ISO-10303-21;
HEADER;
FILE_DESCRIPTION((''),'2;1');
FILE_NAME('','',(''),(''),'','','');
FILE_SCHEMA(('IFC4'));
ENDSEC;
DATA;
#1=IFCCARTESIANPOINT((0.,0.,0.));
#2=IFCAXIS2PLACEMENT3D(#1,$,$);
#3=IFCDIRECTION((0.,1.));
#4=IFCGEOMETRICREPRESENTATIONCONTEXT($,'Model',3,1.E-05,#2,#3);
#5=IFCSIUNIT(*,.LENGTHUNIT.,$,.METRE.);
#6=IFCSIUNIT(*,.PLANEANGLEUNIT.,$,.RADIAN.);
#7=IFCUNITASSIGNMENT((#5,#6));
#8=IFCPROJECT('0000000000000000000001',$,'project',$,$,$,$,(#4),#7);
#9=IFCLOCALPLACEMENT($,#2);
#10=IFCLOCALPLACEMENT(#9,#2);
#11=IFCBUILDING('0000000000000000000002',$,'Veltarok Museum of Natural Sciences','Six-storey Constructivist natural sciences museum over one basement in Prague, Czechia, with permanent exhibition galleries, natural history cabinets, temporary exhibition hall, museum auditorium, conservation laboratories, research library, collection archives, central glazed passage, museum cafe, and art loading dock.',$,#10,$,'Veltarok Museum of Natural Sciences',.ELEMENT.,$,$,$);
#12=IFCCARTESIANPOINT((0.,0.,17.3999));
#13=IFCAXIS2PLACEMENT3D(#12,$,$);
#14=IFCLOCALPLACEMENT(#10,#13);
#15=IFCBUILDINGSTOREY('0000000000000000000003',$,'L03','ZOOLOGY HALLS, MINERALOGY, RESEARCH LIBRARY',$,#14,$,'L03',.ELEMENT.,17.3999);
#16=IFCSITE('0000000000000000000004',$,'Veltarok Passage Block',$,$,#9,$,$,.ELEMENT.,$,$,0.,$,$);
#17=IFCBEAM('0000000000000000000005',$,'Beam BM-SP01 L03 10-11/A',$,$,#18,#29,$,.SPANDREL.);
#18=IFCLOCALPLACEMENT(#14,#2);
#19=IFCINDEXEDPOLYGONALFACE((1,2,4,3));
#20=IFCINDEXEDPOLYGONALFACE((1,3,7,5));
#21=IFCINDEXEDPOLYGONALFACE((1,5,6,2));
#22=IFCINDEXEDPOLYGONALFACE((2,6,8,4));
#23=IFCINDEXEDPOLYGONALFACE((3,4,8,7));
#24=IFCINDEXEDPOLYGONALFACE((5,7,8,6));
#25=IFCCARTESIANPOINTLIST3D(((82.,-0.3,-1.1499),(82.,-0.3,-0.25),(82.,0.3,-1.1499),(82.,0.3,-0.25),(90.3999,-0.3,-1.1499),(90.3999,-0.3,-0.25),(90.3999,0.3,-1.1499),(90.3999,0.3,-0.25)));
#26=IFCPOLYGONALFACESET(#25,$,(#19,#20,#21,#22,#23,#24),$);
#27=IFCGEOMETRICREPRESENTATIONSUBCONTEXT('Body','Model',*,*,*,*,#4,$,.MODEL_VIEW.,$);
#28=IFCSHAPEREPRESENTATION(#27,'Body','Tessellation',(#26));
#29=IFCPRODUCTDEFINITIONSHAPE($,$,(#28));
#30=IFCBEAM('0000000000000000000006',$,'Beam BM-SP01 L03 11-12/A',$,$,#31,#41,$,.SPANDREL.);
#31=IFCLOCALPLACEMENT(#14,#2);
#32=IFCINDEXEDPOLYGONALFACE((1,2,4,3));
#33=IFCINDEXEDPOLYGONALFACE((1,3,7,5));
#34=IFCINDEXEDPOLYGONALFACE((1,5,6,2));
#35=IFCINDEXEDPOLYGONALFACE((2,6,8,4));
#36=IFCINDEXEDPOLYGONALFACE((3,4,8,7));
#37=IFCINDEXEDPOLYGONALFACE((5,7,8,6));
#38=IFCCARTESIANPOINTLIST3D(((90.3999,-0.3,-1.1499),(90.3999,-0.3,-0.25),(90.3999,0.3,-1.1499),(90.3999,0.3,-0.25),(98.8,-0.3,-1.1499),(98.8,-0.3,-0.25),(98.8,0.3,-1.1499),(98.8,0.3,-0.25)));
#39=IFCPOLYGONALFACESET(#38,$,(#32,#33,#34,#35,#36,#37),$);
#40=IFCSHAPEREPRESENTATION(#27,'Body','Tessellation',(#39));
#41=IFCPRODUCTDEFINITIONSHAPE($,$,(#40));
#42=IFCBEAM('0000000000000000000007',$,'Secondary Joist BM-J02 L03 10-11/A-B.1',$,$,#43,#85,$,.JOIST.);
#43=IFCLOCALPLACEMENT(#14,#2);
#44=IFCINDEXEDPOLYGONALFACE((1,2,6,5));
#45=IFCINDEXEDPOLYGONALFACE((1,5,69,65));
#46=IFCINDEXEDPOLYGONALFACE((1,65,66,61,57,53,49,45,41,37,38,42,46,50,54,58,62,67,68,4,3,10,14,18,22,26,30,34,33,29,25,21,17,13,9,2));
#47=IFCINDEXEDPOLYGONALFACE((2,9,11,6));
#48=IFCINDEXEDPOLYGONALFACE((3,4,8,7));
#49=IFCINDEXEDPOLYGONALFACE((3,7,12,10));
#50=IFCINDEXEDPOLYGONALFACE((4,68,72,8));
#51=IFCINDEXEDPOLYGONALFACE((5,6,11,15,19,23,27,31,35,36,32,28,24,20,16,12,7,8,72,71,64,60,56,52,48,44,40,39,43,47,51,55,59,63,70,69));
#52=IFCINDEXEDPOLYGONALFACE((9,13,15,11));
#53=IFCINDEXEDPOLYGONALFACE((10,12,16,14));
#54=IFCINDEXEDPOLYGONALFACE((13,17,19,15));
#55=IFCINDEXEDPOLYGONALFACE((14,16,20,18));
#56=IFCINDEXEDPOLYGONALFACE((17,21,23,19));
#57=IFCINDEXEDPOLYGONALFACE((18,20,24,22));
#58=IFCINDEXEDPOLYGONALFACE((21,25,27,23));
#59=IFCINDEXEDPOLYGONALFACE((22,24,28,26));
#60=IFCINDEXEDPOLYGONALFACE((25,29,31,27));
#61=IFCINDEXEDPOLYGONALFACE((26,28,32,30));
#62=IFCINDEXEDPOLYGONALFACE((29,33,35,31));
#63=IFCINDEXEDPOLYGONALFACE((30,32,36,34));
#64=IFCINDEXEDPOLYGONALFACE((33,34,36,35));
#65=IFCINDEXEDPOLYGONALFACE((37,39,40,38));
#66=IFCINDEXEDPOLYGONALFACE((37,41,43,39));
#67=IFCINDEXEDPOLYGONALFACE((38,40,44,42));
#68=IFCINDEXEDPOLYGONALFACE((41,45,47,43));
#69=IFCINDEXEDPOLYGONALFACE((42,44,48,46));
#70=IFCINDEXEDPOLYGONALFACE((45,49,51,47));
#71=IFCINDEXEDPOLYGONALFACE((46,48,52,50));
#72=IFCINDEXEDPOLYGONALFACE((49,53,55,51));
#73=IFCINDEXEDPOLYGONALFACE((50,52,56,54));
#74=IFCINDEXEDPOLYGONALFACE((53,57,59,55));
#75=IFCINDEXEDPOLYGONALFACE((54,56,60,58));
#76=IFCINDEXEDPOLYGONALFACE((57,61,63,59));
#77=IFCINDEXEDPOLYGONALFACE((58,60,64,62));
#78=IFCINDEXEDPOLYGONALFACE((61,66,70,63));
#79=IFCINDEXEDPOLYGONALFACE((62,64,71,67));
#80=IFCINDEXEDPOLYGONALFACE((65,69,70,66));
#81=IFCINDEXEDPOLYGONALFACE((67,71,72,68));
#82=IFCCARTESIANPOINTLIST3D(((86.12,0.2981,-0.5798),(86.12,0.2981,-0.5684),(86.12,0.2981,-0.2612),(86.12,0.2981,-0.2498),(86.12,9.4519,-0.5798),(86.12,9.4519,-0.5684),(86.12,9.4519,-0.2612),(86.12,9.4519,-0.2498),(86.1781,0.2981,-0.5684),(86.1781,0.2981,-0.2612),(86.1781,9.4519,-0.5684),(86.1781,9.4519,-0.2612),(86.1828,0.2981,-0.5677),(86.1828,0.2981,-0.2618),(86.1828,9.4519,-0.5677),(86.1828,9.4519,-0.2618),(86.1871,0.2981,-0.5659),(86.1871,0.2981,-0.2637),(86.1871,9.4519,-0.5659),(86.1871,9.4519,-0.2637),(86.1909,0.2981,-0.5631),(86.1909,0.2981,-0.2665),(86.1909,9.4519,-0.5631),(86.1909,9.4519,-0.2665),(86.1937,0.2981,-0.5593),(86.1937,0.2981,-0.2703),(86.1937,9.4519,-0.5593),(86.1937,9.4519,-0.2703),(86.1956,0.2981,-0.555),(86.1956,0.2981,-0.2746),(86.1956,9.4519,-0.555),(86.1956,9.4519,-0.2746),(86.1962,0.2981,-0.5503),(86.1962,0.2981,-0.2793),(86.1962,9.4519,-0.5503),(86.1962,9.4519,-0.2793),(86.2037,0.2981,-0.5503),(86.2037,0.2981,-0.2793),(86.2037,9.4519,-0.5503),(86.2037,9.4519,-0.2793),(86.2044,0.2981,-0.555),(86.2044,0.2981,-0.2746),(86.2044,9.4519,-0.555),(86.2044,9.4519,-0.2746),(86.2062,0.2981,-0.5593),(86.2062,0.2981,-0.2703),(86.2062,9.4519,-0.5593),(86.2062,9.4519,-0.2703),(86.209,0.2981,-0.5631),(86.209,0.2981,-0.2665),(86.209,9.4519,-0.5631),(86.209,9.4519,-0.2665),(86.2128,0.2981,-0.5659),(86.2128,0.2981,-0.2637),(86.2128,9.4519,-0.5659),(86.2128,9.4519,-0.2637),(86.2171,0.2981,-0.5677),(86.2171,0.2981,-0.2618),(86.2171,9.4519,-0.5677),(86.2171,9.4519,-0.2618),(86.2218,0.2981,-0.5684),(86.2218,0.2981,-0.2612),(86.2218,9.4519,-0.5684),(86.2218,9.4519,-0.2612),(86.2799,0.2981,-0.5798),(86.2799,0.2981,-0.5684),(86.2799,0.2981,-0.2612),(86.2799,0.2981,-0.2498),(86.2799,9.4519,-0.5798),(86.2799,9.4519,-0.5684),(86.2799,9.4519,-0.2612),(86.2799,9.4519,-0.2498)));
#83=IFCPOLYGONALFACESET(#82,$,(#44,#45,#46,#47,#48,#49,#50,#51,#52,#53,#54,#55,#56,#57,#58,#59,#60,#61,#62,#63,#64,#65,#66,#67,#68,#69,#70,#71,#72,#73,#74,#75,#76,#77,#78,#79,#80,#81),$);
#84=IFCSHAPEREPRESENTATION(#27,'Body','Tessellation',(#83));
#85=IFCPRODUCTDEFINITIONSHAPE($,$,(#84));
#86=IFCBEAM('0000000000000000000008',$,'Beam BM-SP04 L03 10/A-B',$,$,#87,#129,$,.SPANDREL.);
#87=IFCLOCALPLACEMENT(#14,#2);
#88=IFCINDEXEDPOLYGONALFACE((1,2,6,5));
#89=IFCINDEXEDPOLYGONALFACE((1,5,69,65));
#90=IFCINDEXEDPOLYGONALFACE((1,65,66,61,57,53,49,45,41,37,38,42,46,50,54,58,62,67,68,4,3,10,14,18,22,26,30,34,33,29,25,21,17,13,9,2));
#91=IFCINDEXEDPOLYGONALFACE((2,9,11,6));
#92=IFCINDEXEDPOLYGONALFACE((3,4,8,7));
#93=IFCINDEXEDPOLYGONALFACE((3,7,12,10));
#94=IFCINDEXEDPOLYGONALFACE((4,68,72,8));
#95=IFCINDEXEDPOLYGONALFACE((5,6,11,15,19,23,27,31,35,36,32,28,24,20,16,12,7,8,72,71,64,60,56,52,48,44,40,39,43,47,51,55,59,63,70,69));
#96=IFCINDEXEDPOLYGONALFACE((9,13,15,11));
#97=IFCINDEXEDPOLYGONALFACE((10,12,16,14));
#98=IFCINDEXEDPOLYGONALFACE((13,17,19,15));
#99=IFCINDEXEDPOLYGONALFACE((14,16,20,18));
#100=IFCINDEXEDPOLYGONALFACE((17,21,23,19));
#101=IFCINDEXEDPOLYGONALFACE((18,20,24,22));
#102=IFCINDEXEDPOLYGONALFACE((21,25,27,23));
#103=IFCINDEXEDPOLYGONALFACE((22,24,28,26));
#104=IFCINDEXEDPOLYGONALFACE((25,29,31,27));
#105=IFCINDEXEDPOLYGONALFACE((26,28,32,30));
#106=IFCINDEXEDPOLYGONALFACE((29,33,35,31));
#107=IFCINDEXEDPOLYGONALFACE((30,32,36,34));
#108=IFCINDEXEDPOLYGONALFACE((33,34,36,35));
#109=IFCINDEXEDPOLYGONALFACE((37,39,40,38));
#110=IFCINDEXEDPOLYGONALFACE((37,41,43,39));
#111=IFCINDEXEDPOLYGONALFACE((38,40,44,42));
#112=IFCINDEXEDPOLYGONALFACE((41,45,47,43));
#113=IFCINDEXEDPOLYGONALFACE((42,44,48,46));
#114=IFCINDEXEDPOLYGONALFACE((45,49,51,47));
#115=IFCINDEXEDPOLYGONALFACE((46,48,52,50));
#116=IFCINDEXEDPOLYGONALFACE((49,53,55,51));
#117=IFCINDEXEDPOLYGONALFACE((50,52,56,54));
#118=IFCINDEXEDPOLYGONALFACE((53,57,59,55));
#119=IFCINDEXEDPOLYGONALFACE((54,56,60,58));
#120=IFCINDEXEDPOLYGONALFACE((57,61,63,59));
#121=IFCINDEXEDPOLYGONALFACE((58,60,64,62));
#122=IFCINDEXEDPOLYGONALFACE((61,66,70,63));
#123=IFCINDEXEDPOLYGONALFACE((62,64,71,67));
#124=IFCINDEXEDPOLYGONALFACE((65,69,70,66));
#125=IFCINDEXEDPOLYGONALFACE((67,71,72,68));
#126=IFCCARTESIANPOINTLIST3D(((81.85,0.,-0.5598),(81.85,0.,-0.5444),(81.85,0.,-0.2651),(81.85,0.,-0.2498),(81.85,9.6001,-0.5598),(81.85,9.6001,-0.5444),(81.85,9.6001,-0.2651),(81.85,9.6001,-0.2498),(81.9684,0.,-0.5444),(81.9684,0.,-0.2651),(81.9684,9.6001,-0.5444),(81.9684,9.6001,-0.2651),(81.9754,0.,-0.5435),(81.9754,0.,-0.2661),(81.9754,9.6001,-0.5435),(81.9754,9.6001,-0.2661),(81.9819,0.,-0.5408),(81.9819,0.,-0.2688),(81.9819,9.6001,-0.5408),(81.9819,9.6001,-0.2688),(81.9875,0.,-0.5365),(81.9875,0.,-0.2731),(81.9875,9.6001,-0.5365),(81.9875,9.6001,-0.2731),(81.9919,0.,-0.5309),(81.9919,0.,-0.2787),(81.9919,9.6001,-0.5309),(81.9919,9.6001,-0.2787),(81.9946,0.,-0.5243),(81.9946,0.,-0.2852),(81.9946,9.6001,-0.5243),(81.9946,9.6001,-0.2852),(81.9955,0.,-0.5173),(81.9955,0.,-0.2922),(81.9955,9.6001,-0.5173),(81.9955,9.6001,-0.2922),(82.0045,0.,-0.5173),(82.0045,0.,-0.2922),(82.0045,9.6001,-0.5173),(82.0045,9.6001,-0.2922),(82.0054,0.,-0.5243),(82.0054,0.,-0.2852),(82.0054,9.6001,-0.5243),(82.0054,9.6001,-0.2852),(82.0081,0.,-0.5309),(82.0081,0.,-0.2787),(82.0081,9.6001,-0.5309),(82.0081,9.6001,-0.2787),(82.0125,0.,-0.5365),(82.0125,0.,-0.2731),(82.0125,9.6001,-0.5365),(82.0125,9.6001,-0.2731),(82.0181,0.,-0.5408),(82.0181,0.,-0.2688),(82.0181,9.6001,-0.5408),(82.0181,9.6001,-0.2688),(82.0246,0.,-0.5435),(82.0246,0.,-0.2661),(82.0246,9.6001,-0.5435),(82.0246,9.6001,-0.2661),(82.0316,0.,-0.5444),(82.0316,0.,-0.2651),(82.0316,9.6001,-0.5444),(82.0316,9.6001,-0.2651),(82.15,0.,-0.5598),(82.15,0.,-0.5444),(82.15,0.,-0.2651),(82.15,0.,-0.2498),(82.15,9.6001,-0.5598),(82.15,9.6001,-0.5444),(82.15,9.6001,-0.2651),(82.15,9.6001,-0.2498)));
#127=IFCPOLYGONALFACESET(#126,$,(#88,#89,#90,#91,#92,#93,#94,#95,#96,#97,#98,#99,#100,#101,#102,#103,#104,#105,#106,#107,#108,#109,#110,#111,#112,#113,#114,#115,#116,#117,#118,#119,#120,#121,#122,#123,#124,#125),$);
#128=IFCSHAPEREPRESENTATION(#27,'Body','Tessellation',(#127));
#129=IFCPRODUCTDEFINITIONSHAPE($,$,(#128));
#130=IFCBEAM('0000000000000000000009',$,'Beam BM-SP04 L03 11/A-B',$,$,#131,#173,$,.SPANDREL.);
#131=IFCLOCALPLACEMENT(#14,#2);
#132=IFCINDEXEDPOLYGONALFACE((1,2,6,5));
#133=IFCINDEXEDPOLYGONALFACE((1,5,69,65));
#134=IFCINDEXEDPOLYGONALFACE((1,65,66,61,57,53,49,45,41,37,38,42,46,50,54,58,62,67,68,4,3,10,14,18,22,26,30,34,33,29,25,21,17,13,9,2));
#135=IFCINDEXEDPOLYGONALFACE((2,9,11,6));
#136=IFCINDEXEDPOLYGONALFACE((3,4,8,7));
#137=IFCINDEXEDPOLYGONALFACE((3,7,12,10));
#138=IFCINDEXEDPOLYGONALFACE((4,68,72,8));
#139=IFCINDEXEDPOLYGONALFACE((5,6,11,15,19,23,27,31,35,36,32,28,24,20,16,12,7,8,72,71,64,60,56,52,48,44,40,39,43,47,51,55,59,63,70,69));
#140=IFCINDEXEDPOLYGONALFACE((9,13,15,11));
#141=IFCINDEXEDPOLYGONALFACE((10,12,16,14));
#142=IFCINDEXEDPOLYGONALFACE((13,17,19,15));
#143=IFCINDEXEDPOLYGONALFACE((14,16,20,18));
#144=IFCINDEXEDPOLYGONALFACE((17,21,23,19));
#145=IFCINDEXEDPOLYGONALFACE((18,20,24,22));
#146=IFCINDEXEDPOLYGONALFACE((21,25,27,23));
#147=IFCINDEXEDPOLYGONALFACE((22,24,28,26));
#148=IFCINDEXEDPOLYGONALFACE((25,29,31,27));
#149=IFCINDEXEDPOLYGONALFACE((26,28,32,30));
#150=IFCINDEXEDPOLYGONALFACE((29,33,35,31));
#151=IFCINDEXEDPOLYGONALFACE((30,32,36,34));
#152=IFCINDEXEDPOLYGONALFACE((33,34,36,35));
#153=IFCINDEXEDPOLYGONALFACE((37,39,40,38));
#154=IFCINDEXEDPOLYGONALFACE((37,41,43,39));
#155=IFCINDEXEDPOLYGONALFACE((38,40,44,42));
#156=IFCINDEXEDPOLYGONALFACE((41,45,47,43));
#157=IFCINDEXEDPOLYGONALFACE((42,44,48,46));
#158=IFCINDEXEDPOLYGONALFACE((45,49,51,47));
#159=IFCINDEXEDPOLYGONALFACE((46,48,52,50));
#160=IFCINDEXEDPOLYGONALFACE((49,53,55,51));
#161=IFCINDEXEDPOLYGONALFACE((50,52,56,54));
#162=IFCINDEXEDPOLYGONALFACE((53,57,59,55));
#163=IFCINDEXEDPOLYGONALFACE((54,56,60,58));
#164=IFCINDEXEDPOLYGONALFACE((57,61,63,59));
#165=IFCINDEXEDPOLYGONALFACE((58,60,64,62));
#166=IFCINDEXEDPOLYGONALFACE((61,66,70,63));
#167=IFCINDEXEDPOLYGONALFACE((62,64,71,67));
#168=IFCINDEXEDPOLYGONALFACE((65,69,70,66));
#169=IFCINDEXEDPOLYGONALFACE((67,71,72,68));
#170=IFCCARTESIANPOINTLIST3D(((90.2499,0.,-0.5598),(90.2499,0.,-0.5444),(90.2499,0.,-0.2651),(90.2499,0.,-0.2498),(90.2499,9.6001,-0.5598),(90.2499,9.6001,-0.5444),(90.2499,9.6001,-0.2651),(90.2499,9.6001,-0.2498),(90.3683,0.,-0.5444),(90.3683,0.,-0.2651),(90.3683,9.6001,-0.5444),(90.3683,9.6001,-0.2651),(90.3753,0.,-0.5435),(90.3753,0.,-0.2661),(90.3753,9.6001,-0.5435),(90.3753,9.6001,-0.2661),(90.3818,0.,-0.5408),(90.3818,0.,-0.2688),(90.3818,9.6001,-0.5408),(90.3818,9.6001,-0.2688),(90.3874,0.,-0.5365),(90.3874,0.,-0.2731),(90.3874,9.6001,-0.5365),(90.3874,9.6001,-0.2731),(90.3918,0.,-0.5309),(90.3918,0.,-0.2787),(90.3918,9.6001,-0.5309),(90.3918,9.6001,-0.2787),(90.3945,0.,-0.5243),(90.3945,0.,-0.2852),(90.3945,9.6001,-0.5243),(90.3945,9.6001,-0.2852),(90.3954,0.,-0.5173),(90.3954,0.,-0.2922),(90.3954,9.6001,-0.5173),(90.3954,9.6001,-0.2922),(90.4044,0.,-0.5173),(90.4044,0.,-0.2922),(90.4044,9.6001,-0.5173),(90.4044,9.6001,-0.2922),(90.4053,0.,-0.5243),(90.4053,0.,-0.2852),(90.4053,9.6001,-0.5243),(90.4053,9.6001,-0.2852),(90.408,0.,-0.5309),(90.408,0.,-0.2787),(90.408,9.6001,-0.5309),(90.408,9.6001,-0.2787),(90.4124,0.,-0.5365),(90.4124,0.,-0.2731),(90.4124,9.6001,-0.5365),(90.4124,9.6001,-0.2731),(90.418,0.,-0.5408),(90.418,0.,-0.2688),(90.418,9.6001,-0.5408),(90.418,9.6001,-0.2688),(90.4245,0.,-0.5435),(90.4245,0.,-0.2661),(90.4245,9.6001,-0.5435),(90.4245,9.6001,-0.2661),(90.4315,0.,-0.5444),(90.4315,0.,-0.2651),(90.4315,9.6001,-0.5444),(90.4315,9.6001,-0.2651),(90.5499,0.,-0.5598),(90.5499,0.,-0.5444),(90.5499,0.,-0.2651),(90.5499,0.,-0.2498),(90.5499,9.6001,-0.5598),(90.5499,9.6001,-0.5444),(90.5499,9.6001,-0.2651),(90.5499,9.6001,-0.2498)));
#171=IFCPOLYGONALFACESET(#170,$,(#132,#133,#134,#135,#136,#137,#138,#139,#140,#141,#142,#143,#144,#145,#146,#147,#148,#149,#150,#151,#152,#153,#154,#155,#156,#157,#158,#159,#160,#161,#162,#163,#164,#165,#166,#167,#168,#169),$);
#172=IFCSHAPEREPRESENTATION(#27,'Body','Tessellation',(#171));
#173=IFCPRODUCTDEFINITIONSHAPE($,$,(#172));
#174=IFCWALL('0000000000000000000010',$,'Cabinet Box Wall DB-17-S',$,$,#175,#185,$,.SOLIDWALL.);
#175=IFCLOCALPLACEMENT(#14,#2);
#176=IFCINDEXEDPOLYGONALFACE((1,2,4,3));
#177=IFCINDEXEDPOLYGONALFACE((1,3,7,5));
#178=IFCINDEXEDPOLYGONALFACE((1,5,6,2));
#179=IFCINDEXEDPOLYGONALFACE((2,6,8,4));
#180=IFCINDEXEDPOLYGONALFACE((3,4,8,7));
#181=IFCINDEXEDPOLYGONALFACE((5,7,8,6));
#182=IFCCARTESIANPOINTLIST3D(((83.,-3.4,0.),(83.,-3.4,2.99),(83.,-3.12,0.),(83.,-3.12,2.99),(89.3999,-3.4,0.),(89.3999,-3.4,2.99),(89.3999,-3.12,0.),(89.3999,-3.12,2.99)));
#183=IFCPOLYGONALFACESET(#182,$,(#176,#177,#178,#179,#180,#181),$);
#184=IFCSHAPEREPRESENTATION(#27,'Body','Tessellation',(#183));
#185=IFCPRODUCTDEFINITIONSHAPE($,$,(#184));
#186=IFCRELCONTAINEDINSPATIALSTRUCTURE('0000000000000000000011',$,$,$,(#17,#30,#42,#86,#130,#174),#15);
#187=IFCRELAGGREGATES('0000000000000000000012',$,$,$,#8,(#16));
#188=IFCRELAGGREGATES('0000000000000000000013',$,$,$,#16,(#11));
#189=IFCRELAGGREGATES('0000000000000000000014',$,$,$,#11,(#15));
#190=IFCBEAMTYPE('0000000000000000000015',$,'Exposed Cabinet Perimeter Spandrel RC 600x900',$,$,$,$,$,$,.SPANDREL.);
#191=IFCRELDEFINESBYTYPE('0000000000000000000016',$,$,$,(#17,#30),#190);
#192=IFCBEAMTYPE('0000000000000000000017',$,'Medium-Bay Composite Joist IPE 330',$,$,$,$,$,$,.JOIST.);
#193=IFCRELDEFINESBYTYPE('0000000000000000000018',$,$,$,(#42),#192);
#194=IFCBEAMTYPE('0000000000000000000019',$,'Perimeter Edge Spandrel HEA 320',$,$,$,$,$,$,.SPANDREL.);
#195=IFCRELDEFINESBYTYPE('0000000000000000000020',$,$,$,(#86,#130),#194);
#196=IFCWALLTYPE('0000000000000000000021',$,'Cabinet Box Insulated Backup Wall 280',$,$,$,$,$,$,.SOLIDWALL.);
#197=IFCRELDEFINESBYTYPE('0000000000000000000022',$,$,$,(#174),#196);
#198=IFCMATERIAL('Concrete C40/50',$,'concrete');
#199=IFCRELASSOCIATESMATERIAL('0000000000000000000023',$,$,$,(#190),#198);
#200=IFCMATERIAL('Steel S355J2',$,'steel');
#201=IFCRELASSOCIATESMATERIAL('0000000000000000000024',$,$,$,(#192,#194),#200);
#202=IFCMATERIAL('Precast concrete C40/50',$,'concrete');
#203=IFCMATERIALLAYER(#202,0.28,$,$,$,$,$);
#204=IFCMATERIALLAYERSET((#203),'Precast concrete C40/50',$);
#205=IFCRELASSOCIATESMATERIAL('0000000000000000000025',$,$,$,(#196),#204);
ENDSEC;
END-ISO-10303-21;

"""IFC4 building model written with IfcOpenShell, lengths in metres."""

from ifc_helpers import new_model, si_unit, direction, frame, frame_2d, origin, origin_2d, place, context, subcontext, project, spatial, rectangle, i_section, extrude, material, layer, layer_set, material_profile, profile_set, type_object, element, save


model = new_model("IFC4")

# Units and contexts
model_context = context("Model", 3, precision=1e-05, world=origin(), true_north=direction((0.0, 1.0)))
body_context = subcontext(model_context, "Body", "Model", "MODEL_VIEW")
ifc_project = project(units=[si_unit("LENGTHUNIT", "METRE"), si_unit("PLANEANGLEUNIT", "RADIAN")], contexts=[model_context])

# Site, building, storey
site_placement = place(None, origin())
site = spatial("IfcSite", under=ifc_project, at=site_placement, Name="Veltarok Passage Block", CompositionType="ELEMENT", RefElevation=0.0)
building_placement = place(site_placement, origin())
building = spatial("IfcBuilding", under=site, at=building_placement, Name="Veltarok Museum of Natural Sciences", Description="Six-storey Constructivist natural sciences museum over one basement in Prague, Czechia, with permanent exhibition galleries, natural history cabinets, temporary exhibition hall, museum auditorium, conservation laboratories, research library, collection archives, central glazed passage, museum cafe, and art loading dock.", LongName="Veltarok Museum of Natural Sciences", CompositionType="ELEMENT")
storey_placement = place(building_placement, frame((0.0, 0.0, 17.3999)))
storey = spatial("IfcBuildingStorey", under=building, at=storey_placement, Name="L03", Description="ZOOLOGY HALLS, MINERALOGY, RESEARCH LIBRARY", LongName="L03", CompositionType="ELEMENT", Elevation=17.3999)

# Shared definitions
ifc_material_1 = material(Name="Concrete C40/50", Category="concrete")

# Beams
ifc_material_2 = material(Name="Steel S355J2", Category="steel")
ifc_material_profile_1 = material_profile(ifc_material_1, rectangle(XDim=0.6001, YDim=0.8999, at=origin_2d()), Name="RC 600x900")
ifc_profile_set_1 = profile_set([ifc_material_profile_1], Name="Concrete C40/50")
beam_type_1 = type_object("IfcBeamType", Name="Exposed Cabinet Perimeter Spandrel RC 600x900", PredefinedType="SPANDREL", material=ifc_profile_set_1)
beam_1_placement = place(storey_placement, frame((82.0, 0.0, -0.7), z_axis=(1.0, 0.0, 0.0), x_axis=(0.0, 1.0, 0.0)))
element("IfcBeam", 1, at=beam_1_placement, inside=storey, type_object=beam_type_1, Name="Beam BM-SP01 L03 10-11/A", PredefinedType="SPANDREL", context=body_context, shape_type="SweptSolid", body=[
    extrude(rectangle(XDim=0.6001, YDim=0.8999, at=origin_2d()), origin(), (0.0, 0.0, 1.0), 8.3999),
])
beam_2_placement = place(storey_placement, frame((90.3999, 0.0, -0.7), z_axis=(1.0, 0.0, 0.0), x_axis=(0.0, 1.0, 0.0)))
element("IfcBeam", 2, at=beam_2_placement, inside=storey, type_object=beam_type_1, Name="Beam BM-SP01 L03 11-12/A", PredefinedType="SPANDREL", context=body_context, shape_type="SweptSolid", body=[
    extrude(rectangle(XDim=0.6001, YDim=0.8999, at=origin_2d()), origin(), (0.0, 0.0, 1.0), 8.4001),
])
ifc_material_profile_2 = material_profile(ifc_material_2, i_section(OverallWidth=0.1599, OverallDepth=0.3301, WebThickness=0.0076, FlangeThickness=0.0115, FilletRadius=0.0181, at=origin_2d()), Name="IPE 330")
ifc_profile_set_2 = profile_set([ifc_material_profile_2], Name="Steel S355J2")
beam_type_2 = type_object("IfcBeamType", Name="Medium-Bay Composite Joist IPE 330", PredefinedType="JOIST", material=ifc_profile_set_2)
beam_3_placement = place(storey_placement, frame((86.2, 0.2981, -0.4148), z_axis=(0.0, 1.0, 0.0), x_axis=(-1.0, 0.0, 0.0)))
element("IfcBeam", 3, at=beam_3_placement, inside=storey, type_object=beam_type_2, Name="Secondary Joist BM-J02 L03 10-11/A-B.1", PredefinedType="JOIST", context=body_context, shape_type="SweptSolid", body=[
    extrude(i_section(OverallWidth=0.1599, OverallDepth=0.3301, WebThickness=0.0076, FlangeThickness=0.0115, FilletRadius=0.0181, at=origin_2d()), origin(), (0.0, 0.0, 1.0), 9.1538),
])
ifc_material_profile_3 = material_profile(ifc_material_2, i_section(OverallWidth=0.3, OverallDepth=0.3101, WebThickness=0.009, FlangeThickness=0.0154, FilletRadius=0.0271, at=origin_2d()), Name="HEA 320")
ifc_profile_set_3 = profile_set([ifc_material_profile_3], Name="Steel S355J2")
beam_type_3 = type_object("IfcBeamType", Name="Perimeter Edge Spandrel HEA 320", PredefinedType="SPANDREL", material=ifc_profile_set_3)
for number, where, z_axis, x_axis, name in (
    (4, (82.0, 0.0, -0.4048), (0.0, 1.0, 0.0), (-1.0, 0.0, 0.0), "Beam BM-SP04 L03 10/A-B"),
    (5, (90.3999, 0.0, -0.4048), (0.0, 1.0, 0.0), (-1.0, 0.0, 0.0), "Beam BM-SP04 L03 11/A-B"),
):
    element("IfcBeam", number, at=place(storey_placement, frame(where, z_axis=z_axis, x_axis=x_axis)), inside=storey, type_object=beam_type_3, Name=name, PredefinedType="SPANDREL", context=body_context, shape_type="SweptSolid", body=[
        extrude(i_section(OverallWidth=0.3, OverallDepth=0.3101, WebThickness=0.009, FlangeThickness=0.0154, FilletRadius=0.0271, at=origin_2d()), origin(), (0.0, 0.0, 1.0), 9.6001),
    ])

# Wall
ifc_material_3 = material(Name="Precast concrete C40/50", Category="concrete")
ifc_layer_1 = layer(ifc_material_3, 0.28)
ifc_layer_set_1 = layer_set([ifc_layer_1], Name="Precast concrete C40/50")
wall_type_1 = type_object("IfcWallType", Name="Cabinet Box Insulated Backup Wall 280", PredefinedType="SOLIDWALL", material=ifc_layer_set_1)
wall_1_placement = place(storey_placement, frame((83.0, -3.26, 0.0), z_axis=(0.0, 0.0, 1.0), x_axis=(1.0, 0.0, 0.0)))
element("IfcWall", 6, at=wall_1_placement, inside=storey, type_object=wall_type_1, Name="Cabinet Box Wall DB-17-S", PredefinedType="SOLIDWALL", context=body_context, shape_type="SweptSolid", body=[
    extrude(rectangle(XDim=6.3999, YDim=0.28, at=frame_2d((3.2, 0.0))), origin(), (0.0, 0.0, 1.0), 2.99),
])

save(model, "model.ifc")
